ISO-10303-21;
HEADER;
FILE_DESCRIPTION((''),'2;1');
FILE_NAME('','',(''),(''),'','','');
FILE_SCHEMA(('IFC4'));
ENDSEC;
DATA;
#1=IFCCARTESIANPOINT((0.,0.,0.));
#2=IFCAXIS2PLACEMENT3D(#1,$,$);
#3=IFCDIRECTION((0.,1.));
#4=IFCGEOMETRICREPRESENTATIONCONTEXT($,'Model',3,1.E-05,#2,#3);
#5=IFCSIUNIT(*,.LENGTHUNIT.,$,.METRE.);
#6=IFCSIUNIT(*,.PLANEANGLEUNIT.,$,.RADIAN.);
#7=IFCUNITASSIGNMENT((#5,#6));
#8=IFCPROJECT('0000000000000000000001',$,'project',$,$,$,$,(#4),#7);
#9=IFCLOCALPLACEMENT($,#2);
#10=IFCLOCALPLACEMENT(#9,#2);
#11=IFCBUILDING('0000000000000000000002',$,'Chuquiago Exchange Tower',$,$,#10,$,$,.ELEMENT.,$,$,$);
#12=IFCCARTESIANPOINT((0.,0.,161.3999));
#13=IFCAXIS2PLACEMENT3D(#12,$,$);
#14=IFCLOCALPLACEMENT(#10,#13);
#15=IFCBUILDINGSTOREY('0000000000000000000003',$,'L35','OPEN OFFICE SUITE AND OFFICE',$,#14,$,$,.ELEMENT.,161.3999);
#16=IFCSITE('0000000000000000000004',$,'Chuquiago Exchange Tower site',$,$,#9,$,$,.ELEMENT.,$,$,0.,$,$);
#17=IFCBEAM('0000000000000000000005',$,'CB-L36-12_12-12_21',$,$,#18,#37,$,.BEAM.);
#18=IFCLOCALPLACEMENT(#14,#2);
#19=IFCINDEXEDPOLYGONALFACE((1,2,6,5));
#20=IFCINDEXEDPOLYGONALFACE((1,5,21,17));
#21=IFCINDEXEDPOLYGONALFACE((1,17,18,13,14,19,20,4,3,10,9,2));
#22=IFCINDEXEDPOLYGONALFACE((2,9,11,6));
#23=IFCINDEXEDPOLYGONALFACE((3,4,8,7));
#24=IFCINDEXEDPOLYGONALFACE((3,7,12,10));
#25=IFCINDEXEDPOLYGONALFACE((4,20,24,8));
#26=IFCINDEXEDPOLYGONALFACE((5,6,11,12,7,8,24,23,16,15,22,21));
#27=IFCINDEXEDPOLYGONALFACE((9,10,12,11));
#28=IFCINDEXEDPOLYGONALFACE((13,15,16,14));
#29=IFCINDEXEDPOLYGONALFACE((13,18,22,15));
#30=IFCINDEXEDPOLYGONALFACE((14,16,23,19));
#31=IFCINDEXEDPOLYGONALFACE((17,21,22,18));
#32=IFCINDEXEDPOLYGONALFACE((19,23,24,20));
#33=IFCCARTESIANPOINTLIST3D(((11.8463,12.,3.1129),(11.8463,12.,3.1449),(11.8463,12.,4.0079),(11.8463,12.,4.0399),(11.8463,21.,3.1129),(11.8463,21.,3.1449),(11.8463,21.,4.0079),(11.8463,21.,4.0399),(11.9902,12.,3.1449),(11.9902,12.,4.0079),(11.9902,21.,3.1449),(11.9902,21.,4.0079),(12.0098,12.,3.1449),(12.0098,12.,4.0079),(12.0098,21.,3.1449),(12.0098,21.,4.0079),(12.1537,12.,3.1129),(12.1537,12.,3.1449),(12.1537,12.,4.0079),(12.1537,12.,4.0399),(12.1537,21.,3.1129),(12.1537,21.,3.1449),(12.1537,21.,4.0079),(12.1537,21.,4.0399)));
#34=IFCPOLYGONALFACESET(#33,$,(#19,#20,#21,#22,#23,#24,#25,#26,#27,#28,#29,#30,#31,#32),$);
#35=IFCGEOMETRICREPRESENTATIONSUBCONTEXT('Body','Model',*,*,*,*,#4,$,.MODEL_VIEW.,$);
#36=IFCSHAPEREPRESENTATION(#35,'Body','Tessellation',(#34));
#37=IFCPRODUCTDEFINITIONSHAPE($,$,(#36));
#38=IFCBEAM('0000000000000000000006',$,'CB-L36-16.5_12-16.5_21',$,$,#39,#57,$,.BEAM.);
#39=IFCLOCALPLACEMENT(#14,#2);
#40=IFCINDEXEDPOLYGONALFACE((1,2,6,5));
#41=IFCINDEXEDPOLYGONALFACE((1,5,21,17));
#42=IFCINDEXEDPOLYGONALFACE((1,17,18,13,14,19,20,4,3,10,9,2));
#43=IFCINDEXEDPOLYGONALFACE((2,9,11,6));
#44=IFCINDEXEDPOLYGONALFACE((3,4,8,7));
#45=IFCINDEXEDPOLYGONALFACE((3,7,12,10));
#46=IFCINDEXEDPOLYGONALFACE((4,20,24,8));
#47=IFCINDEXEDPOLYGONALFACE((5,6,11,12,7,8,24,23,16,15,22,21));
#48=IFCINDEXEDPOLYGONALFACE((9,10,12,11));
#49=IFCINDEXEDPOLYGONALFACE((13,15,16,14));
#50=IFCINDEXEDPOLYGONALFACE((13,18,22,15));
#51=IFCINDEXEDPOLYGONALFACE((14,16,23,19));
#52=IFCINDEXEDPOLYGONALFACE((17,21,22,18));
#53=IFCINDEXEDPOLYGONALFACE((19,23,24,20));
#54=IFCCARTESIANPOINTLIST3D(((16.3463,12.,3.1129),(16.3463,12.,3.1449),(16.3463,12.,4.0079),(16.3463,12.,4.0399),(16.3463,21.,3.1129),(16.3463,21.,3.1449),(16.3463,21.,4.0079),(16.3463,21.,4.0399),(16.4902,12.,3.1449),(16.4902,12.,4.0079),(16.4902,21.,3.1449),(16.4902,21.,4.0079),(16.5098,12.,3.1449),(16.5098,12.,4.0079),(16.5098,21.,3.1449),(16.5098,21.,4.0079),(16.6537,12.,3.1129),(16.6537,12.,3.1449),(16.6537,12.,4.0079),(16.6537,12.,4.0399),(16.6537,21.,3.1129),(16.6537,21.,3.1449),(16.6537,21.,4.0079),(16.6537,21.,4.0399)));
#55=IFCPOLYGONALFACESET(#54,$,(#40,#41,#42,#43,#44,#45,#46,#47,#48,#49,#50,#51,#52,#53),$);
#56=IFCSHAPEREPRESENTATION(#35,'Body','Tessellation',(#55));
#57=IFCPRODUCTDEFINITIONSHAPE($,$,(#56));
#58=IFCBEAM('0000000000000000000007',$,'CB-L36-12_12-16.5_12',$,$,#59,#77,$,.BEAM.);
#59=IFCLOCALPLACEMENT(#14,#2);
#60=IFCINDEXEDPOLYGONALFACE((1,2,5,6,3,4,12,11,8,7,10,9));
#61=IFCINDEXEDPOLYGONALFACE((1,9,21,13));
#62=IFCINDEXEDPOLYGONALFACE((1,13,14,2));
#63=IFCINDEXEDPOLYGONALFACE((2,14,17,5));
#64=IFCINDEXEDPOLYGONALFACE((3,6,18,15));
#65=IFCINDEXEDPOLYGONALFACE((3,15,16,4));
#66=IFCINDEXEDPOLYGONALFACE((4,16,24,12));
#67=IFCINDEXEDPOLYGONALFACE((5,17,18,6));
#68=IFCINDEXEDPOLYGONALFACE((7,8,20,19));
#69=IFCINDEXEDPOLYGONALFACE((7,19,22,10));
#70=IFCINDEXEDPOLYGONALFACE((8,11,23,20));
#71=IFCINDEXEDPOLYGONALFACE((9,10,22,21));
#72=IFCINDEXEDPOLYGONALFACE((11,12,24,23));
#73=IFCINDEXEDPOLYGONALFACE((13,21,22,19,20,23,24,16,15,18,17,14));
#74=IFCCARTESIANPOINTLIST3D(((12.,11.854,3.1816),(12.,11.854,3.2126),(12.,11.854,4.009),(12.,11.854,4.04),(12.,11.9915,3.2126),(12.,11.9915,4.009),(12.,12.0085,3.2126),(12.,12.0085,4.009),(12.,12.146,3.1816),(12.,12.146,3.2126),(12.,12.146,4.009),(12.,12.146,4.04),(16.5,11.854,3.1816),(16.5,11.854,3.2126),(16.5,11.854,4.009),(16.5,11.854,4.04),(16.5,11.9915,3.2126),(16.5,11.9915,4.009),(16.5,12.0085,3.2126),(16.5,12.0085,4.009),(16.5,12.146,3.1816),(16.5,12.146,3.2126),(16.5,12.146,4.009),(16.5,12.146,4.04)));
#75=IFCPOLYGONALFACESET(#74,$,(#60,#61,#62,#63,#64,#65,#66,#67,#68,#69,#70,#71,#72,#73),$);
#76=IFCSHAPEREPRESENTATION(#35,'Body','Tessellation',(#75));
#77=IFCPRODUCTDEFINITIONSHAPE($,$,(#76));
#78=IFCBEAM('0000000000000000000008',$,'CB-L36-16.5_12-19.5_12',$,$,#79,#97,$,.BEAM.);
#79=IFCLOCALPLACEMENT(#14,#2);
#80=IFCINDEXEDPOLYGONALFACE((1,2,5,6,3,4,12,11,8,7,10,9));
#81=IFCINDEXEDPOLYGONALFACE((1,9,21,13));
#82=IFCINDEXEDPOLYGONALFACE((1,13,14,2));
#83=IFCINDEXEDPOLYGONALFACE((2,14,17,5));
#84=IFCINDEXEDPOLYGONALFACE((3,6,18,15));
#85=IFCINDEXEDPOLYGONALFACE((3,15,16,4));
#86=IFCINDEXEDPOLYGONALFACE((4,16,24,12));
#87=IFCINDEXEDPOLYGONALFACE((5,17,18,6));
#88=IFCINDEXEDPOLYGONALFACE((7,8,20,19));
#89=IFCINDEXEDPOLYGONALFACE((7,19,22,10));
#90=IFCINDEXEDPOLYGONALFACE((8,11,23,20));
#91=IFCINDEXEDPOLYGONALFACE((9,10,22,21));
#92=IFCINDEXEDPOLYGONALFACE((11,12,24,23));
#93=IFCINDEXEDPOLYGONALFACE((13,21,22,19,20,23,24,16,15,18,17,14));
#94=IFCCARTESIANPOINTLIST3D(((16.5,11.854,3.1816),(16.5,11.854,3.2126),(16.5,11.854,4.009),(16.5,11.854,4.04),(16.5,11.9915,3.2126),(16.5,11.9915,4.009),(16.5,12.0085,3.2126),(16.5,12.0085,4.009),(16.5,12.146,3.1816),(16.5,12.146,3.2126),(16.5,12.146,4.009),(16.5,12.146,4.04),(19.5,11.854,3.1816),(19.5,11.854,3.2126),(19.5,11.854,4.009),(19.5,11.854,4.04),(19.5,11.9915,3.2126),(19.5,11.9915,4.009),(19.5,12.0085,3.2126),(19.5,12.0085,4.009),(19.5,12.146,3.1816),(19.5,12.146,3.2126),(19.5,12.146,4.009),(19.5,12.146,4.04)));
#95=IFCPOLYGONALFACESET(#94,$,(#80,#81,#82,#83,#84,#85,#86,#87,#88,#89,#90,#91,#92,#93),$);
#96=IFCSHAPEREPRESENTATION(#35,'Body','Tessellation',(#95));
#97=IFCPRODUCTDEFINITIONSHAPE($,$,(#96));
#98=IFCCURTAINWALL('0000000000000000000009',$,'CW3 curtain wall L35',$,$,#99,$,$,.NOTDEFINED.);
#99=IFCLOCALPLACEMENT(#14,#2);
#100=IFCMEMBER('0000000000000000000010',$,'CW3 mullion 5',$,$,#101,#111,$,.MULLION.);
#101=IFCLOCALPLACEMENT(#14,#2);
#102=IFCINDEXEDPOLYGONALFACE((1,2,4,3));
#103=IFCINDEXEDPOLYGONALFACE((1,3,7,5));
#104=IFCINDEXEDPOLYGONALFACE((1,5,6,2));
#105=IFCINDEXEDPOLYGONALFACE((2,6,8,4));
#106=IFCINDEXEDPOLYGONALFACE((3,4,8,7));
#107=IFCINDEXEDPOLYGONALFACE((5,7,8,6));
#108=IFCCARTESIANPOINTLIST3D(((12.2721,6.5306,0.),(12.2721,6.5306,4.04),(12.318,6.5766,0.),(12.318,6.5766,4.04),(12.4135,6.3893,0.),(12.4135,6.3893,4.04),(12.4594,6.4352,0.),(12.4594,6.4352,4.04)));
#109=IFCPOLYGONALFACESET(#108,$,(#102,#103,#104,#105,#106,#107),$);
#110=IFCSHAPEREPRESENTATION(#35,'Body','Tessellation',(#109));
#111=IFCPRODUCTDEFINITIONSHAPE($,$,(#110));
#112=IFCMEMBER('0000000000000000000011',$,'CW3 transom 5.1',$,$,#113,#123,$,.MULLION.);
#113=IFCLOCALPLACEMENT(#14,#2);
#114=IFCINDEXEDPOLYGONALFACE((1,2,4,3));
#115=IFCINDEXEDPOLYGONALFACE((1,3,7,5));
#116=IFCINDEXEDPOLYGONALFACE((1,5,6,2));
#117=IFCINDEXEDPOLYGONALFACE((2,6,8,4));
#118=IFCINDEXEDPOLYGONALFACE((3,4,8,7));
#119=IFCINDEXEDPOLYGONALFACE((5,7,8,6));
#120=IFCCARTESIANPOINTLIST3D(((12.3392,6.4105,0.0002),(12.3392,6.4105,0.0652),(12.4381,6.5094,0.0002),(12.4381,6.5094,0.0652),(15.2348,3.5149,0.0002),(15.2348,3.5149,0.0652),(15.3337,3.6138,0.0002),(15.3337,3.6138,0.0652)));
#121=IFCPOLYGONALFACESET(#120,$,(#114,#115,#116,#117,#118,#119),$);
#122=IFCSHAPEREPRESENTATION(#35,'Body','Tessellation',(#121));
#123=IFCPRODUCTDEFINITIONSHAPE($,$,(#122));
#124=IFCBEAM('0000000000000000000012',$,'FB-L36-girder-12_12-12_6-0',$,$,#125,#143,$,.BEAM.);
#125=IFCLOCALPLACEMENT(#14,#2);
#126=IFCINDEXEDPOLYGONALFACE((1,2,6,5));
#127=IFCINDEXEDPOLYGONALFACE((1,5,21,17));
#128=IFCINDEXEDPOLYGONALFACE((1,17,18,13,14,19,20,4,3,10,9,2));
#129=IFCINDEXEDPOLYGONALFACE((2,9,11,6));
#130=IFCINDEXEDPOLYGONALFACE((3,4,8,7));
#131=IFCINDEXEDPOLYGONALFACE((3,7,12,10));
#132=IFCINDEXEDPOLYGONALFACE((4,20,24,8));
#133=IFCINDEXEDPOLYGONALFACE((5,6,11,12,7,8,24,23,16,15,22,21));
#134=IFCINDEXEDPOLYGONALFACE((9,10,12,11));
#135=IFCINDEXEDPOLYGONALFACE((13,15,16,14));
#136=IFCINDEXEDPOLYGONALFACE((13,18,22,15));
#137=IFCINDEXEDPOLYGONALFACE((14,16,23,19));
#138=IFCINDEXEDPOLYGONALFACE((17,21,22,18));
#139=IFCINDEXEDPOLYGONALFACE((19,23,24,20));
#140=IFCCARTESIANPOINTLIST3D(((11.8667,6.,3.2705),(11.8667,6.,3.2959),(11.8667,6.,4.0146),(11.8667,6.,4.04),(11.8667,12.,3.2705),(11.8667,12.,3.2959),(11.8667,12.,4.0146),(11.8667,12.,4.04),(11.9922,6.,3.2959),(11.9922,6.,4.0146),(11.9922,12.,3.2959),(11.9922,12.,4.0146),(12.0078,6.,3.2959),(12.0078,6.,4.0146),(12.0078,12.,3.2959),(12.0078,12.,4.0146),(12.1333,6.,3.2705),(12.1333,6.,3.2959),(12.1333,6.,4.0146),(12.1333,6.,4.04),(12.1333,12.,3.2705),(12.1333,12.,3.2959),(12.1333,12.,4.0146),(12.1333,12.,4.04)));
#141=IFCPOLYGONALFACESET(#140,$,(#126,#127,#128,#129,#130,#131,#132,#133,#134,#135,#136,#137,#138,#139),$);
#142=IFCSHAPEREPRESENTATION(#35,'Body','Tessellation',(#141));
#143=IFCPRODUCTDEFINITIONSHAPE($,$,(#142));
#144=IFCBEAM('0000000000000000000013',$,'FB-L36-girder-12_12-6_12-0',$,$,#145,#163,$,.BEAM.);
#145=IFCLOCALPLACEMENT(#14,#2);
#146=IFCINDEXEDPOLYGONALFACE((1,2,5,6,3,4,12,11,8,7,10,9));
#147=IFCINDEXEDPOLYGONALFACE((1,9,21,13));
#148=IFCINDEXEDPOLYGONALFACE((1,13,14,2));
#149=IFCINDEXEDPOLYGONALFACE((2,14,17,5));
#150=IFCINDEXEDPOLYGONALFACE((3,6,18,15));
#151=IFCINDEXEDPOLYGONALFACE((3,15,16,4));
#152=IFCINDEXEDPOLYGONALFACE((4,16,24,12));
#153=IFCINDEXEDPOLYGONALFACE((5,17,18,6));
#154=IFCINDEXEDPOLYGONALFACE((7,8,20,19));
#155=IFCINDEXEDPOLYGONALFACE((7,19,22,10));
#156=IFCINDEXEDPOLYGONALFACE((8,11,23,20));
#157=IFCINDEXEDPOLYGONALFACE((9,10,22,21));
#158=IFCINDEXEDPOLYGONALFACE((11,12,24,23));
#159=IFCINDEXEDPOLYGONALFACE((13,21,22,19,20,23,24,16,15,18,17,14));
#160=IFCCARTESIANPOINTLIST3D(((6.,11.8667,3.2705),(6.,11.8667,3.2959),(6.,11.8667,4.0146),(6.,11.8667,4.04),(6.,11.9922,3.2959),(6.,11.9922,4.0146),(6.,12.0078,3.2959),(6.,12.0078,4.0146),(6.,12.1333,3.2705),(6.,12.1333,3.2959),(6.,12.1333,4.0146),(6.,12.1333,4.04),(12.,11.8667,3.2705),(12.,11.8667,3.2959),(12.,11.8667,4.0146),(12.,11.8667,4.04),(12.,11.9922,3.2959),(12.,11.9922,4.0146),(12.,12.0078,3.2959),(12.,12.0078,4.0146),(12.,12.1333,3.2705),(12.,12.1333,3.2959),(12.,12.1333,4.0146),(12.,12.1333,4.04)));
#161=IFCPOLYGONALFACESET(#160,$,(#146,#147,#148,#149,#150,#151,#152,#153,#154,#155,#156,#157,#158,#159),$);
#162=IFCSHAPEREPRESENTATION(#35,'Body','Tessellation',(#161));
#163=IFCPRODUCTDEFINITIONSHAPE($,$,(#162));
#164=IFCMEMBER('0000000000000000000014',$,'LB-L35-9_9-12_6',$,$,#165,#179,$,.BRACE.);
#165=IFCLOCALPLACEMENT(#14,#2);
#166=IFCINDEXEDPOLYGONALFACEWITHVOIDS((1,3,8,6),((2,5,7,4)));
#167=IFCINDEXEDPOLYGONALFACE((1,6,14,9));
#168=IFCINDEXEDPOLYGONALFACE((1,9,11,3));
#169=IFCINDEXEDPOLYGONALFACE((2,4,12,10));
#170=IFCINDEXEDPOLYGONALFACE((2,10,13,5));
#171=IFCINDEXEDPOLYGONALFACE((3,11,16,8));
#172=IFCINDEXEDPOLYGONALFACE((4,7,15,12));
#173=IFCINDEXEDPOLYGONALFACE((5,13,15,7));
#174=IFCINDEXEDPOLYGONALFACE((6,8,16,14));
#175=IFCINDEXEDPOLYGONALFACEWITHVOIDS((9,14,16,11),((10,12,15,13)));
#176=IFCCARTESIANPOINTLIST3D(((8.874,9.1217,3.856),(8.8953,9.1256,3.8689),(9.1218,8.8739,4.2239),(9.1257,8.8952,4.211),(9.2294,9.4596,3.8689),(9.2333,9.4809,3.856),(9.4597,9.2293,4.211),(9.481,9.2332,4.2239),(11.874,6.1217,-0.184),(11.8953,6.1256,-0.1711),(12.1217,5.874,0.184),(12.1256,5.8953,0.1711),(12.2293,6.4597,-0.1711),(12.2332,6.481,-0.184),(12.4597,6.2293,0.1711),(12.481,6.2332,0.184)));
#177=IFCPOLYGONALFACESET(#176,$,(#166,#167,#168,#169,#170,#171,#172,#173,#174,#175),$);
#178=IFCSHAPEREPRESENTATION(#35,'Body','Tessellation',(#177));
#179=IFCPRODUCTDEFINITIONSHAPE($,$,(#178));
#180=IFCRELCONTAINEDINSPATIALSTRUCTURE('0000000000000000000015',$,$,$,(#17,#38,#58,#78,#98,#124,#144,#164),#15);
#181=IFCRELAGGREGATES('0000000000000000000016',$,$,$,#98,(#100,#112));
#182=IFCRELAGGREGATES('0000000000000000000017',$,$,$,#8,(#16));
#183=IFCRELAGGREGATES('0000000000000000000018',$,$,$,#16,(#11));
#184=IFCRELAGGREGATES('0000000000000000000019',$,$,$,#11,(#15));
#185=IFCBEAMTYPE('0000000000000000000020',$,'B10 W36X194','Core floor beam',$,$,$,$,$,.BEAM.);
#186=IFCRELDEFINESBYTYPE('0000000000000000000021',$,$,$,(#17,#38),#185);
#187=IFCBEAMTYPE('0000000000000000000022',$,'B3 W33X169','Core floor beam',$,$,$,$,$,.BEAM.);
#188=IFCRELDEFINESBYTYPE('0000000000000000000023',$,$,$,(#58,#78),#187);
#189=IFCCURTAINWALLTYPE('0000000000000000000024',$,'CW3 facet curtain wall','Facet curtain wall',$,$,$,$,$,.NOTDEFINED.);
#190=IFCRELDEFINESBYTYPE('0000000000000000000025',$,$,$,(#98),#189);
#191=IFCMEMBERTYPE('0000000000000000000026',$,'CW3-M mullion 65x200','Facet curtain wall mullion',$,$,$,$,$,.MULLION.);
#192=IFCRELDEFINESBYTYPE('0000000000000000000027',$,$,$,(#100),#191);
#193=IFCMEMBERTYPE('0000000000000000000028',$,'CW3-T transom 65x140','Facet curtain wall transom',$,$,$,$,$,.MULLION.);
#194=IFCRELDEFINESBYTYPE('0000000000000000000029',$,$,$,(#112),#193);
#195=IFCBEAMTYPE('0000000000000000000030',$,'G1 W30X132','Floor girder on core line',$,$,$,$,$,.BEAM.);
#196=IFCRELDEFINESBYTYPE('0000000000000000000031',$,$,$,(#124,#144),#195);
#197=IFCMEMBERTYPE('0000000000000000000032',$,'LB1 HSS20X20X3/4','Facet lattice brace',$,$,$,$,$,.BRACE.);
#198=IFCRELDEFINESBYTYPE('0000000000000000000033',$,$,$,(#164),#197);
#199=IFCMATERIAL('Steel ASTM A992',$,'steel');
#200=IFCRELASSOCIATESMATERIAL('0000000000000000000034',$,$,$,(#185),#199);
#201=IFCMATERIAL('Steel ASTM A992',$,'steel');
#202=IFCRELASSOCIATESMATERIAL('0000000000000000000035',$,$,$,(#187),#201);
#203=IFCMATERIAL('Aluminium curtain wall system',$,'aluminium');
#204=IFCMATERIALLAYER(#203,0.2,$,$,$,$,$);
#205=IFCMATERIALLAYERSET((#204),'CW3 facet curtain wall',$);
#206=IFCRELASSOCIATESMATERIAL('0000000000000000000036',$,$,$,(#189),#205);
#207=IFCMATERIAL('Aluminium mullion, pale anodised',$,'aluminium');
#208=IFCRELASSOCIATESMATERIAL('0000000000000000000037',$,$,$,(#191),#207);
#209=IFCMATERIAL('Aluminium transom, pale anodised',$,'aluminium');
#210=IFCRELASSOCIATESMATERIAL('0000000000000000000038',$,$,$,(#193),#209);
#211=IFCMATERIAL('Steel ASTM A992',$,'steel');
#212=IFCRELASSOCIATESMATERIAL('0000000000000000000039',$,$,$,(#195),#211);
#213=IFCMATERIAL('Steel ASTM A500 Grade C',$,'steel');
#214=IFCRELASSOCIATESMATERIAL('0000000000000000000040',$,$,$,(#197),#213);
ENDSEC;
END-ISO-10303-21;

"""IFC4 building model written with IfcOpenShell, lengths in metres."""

from ifc_helpers import new_model, si_unit, direction, frame, origin, origin_2d, place, context, subcontext, project, spatial, rectangle, hollow_rectangle, i_section, extrude, material, layer, layer_set, material_profile, profile_set, type_object, element, aggregate, save


model = new_model("IFC4")

# Units and contexts
model_context = context("Model", 3, precision=1e-05, world=origin(), true_north=direction((0.0, 1.0)))
body_context = subcontext(model_context, "Body", "Model", "MODEL_VIEW")
ifc_project = project(units=[si_unit("LENGTHUNIT", "METRE"), si_unit("PLANEANGLEUNIT", "RADIAN")], contexts=[model_context])

# Site, building, storey
site_placement = place(None, origin())
site = spatial("IfcSite", under=ifc_project, at=site_placement, Name="Chuquiago Exchange Tower site", CompositionType="ELEMENT", RefElevation=0.0)
building_placement = place(site_placement, origin())
building = spatial("IfcBuilding", under=site, at=building_placement, Name="Chuquiago Exchange Tower", CompositionType="ELEMENT")
storey_placement = place(building_placement, frame((0.0, 0.0, 161.3999)))
storey = spatial("IfcBuildingStorey", under=building, at=storey_placement, Name="L35", Description="OPEN OFFICE SUITE AND OFFICE", CompositionType="ELEMENT", Elevation=161.3999)

# Beams
ifc_material_1 = material(Name="Steel ASTM A992", Category="steel")
ifc_material_profile_1 = material_profile(ifc_material_1, i_section(OverallWidth=0.3074, OverallDepth=0.927, WebThickness=0.0195, FlangeThickness=0.032, at=origin_2d()), Name="W36X194")
ifc_profile_set_1 = profile_set([ifc_material_profile_1], Name="Steel ASTM A992")
beam_type_1 = type_object("IfcBeamType", Name="B10 W36X194", Description="Core floor beam", PredefinedType="BEAM", material=ifc_profile_set_1)
for number, where, z_axis, x_axis, name in (
    (1, (12.0, 12.0, 3.5764), (0.0, 1.0, 0.0), (-1.0, 0.0, 0.0), "CB-L36-12_12-12_21"),
    (2, (16.5, 12.0, 3.5764), (0.0, 1.0, 0.0), (-1.0, 0.0, 0.0), "CB-L36-16.5_12-16.5_21"),
):
    element("IfcBeam", number, at=place(storey_placement, frame(where, z_axis=z_axis, x_axis=x_axis)), inside=storey, type_object=beam_type_1, Name=name, PredefinedType="BEAM", context=body_context, shape_type="SweptSolid", body=[
        extrude(i_section(OverallWidth=0.3074, OverallDepth=0.927, WebThickness=0.0195, FlangeThickness=0.032, at=origin_2d()), origin(), (0.0, 0.0, 1.0), 9.0),
    ])
ifc_material_2 = material(Name="Steel ASTM A992", Category="steel")
ifc_material_profile_2 = material_profile(ifc_material_2, i_section(OverallWidth=0.292, OverallDepth=0.8584, WebThickness=0.0171, FlangeThickness=0.031, at=origin_2d()), Name="W33X169")
ifc_profile_set_2 = profile_set([ifc_material_profile_2], Name="Steel ASTM A992")
beam_type_2 = type_object("IfcBeamType", Name="B3 W33X169", Description="Core floor beam", PredefinedType="BEAM", material=ifc_profile_set_2)
beam_1_placement = place(storey_placement, frame((12.0, 12.0, 3.6108), z_axis=(1.0, 0.0, 0.0), x_axis=(0.0, 1.0, 0.0)))
element("IfcBeam", 3, at=beam_1_placement, inside=storey, type_object=beam_type_2, Name="CB-L36-12_12-16.5_12", PredefinedType="BEAM", context=body_context, shape_type="SweptSolid", body=[
    extrude(i_section(OverallWidth=0.292, OverallDepth=0.8584, WebThickness=0.0171, FlangeThickness=0.031, at=origin_2d()), origin(), (0.0, 0.0, 1.0), 4.5),
])
beam_2_placement = place(storey_placement, frame((16.5, 12.0, 3.6108), z_axis=(1.0, 0.0, 0.0), x_axis=(0.0, 1.0, 0.0)))
element("IfcBeam", 4, at=beam_2_placement, inside=storey, type_object=beam_type_2, Name="CB-L36-16.5_12-19.5_12", PredefinedType="BEAM", context=body_context, shape_type="SweptSolid", body=[
    extrude(i_section(OverallWidth=0.292, OverallDepth=0.8584, WebThickness=0.0171, FlangeThickness=0.031, at=origin_2d()), origin(), (0.0, 0.0, 1.0), 3.0),
])

# Curtain wall, members
ifc_material_3 = material(Name="Aluminium curtain wall system", Category="aluminium")
ifc_layer_1 = layer(ifc_material_3, 0.2)
ifc_layer_set_1 = layer_set([ifc_layer_1], Name="CW3 facet curtain wall")
curtain_wall_type = type_object("IfcCurtainWallType", Name="CW3 facet curtain wall", Description="Facet curtain wall", PredefinedType="NOTDEFINED", material=ifc_layer_set_1)
curtain_wall_placement = place(storey_placement, origin())
curtain_wall = element("IfcCurtainWall", 5, at=curtain_wall_placement, inside=storey, type_object=curtain_wall_type, Name="CW3 curtain wall L35", PredefinedType="NOTDEFINED")
ifc_material_4 = material(Name="Aluminium mullion, pale anodised", Category="aluminium")
ifc_material_profile_3 = material_profile(ifc_material_4, rectangle(XDim=0.0649, YDim=0.2, at=origin_2d()), Name="AL 65x200")
ifc_profile_set_3 = profile_set([ifc_material_profile_3], Name="Aluminium mullion, pale anodised")
member_type_1 = type_object("IfcMemberType", Name="CW3-M mullion 65x200", Description="Facet curtain wall mullion", PredefinedType="MULLION", material=ifc_profile_set_3)
member_1_placement = place(storey_placement, frame((12.3657, 6.4829, 0.0), z_axis=(0.0, 0.0, 1.0), x_axis=(0.707107, 0.707107, 0.0)))
member_1 = element("IfcMember", 6, at=member_1_placement, type_object=member_type_1, Name="CW3 mullion 5", PredefinedType="MULLION", context=body_context, shape_type="SweptSolid", body=[
    extrude(rectangle(XDim=0.0649, YDim=0.2, at=origin_2d()), origin(), (0.0, 0.0, 1.0), 4.04),
])
ifc_material_5 = material(Name="Aluminium transom, pale anodised", Category="aluminium")
ifc_material_profile_4 = material_profile(ifc_material_5, rectangle(XDim=0.1399, YDim=0.0649, at=origin_2d()), Name="AL 140x65")
ifc_profile_set_4 = profile_set([ifc_material_profile_4], Name="Aluminium transom, pale anodised")
member_type_2 = type_object("IfcMemberType", Name="CW3-T transom 65x140", Description="Facet curtain wall transom", PredefinedType="MULLION", material=ifc_profile_set_4)
member_2_placement = place(storey_placement, frame((12.3887, 6.46, 0.0327), z_axis=(0.707107, -0.707107, 0.0), x_axis=(0.707107, 0.707107, 0.0)))
member_2 = element("IfcMember", 7, at=member_2_placement, type_object=member_type_2, Name="CW3 transom 5.1", PredefinedType="MULLION", context=body_context, shape_type="SweptSolid", body=[
    extrude(rectangle(XDim=0.1399, YDim=0.0649, at=origin_2d()), origin(), (0.0, 0.0, 1.0), 4.095),
])

# Beams
ifc_material_6 = material(Name="Steel ASTM A992", Category="steel")
ifc_material_profile_5 = material_profile(ifc_material_6, i_section(OverallWidth=0.2666, OverallDepth=0.7695, WebThickness=0.0156, FlangeThickness=0.0254, at=origin_2d()), Name="W30X132")
ifc_profile_set_5 = profile_set([ifc_material_profile_5], Name="Steel ASTM A992")
beam_type_3 = type_object("IfcBeamType", Name="G1 W30X132", Description="Floor girder on core line", PredefinedType="BEAM", material=ifc_profile_set_5)
for number, where, z_axis, x_axis, name in (
    (8, (12.0, 12.0, 3.6553), (0.0, -1.0, 0.0), (1.0, 0.0, 0.0), "FB-L36-girder-12_12-12_6-0"),
    (9, (12.0, 12.0, 3.6553), (-1.0, 0.0, 0.0), (0.0, -1.0, 0.0), "FB-L36-girder-12_12-6_12-0"),
):
    element("IfcBeam", number, at=place(storey_placement, frame(where, z_axis=z_axis, x_axis=x_axis)), inside=storey, type_object=beam_type_3, Name=name, PredefinedType="BEAM", context=body_context, shape_type="SweptSolid", body=[
        extrude(i_section(OverallWidth=0.2666, OverallDepth=0.7695, WebThickness=0.0156, FlangeThickness=0.0254, at=origin_2d()), origin(), (0.0, 0.0, 1.0), 6.0),
    ])

# Member
ifc_material_7 = material(Name="Steel ASTM A500 Grade C", Category="steel")
ifc_material_profile_6 = material_profile(ifc_material_7, hollow_rectangle(XDim=0.5081, YDim=0.5081, WallThickness=0.0178, at=origin_2d()), Name="HSS20X20X3/4")
ifc_profile_set_6 = profile_set([ifc_material_profile_6], Name="Steel ASTM A500 Grade C")
member_type_3 = type_object("IfcMemberType", Name="LB1 HSS20X20X3/4", Description="Facet lattice brace", PredefinedType="BRACE", material=ifc_profile_set_6)
for number, where, z_axis, x_axis, name in (
    (10, (12.1775, 6.1775, 0.0), (-0.512077, 0.512077, 0.689604), (-0.707107, -0.707107, 0.0), "LB-L35-9_9-12_6"),
):
    element("IfcMember", number, at=place(storey_placement, frame(where, z_axis=z_axis, x_axis=x_axis)), inside=storey, type_object=member_type_3, Name=name, PredefinedType="BRACE", context=body_context, shape_type="SweptSolid", body=[
        extrude(hollow_rectangle(XDim=0.5081, YDim=0.5081, WallThickness=0.0178, at=origin_2d()), origin(), (0.0, 0.0, 1.0), 5.8584),
    ])

aggregate(curtain_wall, [member_1, member_2])

save(model, "model.ifc")
